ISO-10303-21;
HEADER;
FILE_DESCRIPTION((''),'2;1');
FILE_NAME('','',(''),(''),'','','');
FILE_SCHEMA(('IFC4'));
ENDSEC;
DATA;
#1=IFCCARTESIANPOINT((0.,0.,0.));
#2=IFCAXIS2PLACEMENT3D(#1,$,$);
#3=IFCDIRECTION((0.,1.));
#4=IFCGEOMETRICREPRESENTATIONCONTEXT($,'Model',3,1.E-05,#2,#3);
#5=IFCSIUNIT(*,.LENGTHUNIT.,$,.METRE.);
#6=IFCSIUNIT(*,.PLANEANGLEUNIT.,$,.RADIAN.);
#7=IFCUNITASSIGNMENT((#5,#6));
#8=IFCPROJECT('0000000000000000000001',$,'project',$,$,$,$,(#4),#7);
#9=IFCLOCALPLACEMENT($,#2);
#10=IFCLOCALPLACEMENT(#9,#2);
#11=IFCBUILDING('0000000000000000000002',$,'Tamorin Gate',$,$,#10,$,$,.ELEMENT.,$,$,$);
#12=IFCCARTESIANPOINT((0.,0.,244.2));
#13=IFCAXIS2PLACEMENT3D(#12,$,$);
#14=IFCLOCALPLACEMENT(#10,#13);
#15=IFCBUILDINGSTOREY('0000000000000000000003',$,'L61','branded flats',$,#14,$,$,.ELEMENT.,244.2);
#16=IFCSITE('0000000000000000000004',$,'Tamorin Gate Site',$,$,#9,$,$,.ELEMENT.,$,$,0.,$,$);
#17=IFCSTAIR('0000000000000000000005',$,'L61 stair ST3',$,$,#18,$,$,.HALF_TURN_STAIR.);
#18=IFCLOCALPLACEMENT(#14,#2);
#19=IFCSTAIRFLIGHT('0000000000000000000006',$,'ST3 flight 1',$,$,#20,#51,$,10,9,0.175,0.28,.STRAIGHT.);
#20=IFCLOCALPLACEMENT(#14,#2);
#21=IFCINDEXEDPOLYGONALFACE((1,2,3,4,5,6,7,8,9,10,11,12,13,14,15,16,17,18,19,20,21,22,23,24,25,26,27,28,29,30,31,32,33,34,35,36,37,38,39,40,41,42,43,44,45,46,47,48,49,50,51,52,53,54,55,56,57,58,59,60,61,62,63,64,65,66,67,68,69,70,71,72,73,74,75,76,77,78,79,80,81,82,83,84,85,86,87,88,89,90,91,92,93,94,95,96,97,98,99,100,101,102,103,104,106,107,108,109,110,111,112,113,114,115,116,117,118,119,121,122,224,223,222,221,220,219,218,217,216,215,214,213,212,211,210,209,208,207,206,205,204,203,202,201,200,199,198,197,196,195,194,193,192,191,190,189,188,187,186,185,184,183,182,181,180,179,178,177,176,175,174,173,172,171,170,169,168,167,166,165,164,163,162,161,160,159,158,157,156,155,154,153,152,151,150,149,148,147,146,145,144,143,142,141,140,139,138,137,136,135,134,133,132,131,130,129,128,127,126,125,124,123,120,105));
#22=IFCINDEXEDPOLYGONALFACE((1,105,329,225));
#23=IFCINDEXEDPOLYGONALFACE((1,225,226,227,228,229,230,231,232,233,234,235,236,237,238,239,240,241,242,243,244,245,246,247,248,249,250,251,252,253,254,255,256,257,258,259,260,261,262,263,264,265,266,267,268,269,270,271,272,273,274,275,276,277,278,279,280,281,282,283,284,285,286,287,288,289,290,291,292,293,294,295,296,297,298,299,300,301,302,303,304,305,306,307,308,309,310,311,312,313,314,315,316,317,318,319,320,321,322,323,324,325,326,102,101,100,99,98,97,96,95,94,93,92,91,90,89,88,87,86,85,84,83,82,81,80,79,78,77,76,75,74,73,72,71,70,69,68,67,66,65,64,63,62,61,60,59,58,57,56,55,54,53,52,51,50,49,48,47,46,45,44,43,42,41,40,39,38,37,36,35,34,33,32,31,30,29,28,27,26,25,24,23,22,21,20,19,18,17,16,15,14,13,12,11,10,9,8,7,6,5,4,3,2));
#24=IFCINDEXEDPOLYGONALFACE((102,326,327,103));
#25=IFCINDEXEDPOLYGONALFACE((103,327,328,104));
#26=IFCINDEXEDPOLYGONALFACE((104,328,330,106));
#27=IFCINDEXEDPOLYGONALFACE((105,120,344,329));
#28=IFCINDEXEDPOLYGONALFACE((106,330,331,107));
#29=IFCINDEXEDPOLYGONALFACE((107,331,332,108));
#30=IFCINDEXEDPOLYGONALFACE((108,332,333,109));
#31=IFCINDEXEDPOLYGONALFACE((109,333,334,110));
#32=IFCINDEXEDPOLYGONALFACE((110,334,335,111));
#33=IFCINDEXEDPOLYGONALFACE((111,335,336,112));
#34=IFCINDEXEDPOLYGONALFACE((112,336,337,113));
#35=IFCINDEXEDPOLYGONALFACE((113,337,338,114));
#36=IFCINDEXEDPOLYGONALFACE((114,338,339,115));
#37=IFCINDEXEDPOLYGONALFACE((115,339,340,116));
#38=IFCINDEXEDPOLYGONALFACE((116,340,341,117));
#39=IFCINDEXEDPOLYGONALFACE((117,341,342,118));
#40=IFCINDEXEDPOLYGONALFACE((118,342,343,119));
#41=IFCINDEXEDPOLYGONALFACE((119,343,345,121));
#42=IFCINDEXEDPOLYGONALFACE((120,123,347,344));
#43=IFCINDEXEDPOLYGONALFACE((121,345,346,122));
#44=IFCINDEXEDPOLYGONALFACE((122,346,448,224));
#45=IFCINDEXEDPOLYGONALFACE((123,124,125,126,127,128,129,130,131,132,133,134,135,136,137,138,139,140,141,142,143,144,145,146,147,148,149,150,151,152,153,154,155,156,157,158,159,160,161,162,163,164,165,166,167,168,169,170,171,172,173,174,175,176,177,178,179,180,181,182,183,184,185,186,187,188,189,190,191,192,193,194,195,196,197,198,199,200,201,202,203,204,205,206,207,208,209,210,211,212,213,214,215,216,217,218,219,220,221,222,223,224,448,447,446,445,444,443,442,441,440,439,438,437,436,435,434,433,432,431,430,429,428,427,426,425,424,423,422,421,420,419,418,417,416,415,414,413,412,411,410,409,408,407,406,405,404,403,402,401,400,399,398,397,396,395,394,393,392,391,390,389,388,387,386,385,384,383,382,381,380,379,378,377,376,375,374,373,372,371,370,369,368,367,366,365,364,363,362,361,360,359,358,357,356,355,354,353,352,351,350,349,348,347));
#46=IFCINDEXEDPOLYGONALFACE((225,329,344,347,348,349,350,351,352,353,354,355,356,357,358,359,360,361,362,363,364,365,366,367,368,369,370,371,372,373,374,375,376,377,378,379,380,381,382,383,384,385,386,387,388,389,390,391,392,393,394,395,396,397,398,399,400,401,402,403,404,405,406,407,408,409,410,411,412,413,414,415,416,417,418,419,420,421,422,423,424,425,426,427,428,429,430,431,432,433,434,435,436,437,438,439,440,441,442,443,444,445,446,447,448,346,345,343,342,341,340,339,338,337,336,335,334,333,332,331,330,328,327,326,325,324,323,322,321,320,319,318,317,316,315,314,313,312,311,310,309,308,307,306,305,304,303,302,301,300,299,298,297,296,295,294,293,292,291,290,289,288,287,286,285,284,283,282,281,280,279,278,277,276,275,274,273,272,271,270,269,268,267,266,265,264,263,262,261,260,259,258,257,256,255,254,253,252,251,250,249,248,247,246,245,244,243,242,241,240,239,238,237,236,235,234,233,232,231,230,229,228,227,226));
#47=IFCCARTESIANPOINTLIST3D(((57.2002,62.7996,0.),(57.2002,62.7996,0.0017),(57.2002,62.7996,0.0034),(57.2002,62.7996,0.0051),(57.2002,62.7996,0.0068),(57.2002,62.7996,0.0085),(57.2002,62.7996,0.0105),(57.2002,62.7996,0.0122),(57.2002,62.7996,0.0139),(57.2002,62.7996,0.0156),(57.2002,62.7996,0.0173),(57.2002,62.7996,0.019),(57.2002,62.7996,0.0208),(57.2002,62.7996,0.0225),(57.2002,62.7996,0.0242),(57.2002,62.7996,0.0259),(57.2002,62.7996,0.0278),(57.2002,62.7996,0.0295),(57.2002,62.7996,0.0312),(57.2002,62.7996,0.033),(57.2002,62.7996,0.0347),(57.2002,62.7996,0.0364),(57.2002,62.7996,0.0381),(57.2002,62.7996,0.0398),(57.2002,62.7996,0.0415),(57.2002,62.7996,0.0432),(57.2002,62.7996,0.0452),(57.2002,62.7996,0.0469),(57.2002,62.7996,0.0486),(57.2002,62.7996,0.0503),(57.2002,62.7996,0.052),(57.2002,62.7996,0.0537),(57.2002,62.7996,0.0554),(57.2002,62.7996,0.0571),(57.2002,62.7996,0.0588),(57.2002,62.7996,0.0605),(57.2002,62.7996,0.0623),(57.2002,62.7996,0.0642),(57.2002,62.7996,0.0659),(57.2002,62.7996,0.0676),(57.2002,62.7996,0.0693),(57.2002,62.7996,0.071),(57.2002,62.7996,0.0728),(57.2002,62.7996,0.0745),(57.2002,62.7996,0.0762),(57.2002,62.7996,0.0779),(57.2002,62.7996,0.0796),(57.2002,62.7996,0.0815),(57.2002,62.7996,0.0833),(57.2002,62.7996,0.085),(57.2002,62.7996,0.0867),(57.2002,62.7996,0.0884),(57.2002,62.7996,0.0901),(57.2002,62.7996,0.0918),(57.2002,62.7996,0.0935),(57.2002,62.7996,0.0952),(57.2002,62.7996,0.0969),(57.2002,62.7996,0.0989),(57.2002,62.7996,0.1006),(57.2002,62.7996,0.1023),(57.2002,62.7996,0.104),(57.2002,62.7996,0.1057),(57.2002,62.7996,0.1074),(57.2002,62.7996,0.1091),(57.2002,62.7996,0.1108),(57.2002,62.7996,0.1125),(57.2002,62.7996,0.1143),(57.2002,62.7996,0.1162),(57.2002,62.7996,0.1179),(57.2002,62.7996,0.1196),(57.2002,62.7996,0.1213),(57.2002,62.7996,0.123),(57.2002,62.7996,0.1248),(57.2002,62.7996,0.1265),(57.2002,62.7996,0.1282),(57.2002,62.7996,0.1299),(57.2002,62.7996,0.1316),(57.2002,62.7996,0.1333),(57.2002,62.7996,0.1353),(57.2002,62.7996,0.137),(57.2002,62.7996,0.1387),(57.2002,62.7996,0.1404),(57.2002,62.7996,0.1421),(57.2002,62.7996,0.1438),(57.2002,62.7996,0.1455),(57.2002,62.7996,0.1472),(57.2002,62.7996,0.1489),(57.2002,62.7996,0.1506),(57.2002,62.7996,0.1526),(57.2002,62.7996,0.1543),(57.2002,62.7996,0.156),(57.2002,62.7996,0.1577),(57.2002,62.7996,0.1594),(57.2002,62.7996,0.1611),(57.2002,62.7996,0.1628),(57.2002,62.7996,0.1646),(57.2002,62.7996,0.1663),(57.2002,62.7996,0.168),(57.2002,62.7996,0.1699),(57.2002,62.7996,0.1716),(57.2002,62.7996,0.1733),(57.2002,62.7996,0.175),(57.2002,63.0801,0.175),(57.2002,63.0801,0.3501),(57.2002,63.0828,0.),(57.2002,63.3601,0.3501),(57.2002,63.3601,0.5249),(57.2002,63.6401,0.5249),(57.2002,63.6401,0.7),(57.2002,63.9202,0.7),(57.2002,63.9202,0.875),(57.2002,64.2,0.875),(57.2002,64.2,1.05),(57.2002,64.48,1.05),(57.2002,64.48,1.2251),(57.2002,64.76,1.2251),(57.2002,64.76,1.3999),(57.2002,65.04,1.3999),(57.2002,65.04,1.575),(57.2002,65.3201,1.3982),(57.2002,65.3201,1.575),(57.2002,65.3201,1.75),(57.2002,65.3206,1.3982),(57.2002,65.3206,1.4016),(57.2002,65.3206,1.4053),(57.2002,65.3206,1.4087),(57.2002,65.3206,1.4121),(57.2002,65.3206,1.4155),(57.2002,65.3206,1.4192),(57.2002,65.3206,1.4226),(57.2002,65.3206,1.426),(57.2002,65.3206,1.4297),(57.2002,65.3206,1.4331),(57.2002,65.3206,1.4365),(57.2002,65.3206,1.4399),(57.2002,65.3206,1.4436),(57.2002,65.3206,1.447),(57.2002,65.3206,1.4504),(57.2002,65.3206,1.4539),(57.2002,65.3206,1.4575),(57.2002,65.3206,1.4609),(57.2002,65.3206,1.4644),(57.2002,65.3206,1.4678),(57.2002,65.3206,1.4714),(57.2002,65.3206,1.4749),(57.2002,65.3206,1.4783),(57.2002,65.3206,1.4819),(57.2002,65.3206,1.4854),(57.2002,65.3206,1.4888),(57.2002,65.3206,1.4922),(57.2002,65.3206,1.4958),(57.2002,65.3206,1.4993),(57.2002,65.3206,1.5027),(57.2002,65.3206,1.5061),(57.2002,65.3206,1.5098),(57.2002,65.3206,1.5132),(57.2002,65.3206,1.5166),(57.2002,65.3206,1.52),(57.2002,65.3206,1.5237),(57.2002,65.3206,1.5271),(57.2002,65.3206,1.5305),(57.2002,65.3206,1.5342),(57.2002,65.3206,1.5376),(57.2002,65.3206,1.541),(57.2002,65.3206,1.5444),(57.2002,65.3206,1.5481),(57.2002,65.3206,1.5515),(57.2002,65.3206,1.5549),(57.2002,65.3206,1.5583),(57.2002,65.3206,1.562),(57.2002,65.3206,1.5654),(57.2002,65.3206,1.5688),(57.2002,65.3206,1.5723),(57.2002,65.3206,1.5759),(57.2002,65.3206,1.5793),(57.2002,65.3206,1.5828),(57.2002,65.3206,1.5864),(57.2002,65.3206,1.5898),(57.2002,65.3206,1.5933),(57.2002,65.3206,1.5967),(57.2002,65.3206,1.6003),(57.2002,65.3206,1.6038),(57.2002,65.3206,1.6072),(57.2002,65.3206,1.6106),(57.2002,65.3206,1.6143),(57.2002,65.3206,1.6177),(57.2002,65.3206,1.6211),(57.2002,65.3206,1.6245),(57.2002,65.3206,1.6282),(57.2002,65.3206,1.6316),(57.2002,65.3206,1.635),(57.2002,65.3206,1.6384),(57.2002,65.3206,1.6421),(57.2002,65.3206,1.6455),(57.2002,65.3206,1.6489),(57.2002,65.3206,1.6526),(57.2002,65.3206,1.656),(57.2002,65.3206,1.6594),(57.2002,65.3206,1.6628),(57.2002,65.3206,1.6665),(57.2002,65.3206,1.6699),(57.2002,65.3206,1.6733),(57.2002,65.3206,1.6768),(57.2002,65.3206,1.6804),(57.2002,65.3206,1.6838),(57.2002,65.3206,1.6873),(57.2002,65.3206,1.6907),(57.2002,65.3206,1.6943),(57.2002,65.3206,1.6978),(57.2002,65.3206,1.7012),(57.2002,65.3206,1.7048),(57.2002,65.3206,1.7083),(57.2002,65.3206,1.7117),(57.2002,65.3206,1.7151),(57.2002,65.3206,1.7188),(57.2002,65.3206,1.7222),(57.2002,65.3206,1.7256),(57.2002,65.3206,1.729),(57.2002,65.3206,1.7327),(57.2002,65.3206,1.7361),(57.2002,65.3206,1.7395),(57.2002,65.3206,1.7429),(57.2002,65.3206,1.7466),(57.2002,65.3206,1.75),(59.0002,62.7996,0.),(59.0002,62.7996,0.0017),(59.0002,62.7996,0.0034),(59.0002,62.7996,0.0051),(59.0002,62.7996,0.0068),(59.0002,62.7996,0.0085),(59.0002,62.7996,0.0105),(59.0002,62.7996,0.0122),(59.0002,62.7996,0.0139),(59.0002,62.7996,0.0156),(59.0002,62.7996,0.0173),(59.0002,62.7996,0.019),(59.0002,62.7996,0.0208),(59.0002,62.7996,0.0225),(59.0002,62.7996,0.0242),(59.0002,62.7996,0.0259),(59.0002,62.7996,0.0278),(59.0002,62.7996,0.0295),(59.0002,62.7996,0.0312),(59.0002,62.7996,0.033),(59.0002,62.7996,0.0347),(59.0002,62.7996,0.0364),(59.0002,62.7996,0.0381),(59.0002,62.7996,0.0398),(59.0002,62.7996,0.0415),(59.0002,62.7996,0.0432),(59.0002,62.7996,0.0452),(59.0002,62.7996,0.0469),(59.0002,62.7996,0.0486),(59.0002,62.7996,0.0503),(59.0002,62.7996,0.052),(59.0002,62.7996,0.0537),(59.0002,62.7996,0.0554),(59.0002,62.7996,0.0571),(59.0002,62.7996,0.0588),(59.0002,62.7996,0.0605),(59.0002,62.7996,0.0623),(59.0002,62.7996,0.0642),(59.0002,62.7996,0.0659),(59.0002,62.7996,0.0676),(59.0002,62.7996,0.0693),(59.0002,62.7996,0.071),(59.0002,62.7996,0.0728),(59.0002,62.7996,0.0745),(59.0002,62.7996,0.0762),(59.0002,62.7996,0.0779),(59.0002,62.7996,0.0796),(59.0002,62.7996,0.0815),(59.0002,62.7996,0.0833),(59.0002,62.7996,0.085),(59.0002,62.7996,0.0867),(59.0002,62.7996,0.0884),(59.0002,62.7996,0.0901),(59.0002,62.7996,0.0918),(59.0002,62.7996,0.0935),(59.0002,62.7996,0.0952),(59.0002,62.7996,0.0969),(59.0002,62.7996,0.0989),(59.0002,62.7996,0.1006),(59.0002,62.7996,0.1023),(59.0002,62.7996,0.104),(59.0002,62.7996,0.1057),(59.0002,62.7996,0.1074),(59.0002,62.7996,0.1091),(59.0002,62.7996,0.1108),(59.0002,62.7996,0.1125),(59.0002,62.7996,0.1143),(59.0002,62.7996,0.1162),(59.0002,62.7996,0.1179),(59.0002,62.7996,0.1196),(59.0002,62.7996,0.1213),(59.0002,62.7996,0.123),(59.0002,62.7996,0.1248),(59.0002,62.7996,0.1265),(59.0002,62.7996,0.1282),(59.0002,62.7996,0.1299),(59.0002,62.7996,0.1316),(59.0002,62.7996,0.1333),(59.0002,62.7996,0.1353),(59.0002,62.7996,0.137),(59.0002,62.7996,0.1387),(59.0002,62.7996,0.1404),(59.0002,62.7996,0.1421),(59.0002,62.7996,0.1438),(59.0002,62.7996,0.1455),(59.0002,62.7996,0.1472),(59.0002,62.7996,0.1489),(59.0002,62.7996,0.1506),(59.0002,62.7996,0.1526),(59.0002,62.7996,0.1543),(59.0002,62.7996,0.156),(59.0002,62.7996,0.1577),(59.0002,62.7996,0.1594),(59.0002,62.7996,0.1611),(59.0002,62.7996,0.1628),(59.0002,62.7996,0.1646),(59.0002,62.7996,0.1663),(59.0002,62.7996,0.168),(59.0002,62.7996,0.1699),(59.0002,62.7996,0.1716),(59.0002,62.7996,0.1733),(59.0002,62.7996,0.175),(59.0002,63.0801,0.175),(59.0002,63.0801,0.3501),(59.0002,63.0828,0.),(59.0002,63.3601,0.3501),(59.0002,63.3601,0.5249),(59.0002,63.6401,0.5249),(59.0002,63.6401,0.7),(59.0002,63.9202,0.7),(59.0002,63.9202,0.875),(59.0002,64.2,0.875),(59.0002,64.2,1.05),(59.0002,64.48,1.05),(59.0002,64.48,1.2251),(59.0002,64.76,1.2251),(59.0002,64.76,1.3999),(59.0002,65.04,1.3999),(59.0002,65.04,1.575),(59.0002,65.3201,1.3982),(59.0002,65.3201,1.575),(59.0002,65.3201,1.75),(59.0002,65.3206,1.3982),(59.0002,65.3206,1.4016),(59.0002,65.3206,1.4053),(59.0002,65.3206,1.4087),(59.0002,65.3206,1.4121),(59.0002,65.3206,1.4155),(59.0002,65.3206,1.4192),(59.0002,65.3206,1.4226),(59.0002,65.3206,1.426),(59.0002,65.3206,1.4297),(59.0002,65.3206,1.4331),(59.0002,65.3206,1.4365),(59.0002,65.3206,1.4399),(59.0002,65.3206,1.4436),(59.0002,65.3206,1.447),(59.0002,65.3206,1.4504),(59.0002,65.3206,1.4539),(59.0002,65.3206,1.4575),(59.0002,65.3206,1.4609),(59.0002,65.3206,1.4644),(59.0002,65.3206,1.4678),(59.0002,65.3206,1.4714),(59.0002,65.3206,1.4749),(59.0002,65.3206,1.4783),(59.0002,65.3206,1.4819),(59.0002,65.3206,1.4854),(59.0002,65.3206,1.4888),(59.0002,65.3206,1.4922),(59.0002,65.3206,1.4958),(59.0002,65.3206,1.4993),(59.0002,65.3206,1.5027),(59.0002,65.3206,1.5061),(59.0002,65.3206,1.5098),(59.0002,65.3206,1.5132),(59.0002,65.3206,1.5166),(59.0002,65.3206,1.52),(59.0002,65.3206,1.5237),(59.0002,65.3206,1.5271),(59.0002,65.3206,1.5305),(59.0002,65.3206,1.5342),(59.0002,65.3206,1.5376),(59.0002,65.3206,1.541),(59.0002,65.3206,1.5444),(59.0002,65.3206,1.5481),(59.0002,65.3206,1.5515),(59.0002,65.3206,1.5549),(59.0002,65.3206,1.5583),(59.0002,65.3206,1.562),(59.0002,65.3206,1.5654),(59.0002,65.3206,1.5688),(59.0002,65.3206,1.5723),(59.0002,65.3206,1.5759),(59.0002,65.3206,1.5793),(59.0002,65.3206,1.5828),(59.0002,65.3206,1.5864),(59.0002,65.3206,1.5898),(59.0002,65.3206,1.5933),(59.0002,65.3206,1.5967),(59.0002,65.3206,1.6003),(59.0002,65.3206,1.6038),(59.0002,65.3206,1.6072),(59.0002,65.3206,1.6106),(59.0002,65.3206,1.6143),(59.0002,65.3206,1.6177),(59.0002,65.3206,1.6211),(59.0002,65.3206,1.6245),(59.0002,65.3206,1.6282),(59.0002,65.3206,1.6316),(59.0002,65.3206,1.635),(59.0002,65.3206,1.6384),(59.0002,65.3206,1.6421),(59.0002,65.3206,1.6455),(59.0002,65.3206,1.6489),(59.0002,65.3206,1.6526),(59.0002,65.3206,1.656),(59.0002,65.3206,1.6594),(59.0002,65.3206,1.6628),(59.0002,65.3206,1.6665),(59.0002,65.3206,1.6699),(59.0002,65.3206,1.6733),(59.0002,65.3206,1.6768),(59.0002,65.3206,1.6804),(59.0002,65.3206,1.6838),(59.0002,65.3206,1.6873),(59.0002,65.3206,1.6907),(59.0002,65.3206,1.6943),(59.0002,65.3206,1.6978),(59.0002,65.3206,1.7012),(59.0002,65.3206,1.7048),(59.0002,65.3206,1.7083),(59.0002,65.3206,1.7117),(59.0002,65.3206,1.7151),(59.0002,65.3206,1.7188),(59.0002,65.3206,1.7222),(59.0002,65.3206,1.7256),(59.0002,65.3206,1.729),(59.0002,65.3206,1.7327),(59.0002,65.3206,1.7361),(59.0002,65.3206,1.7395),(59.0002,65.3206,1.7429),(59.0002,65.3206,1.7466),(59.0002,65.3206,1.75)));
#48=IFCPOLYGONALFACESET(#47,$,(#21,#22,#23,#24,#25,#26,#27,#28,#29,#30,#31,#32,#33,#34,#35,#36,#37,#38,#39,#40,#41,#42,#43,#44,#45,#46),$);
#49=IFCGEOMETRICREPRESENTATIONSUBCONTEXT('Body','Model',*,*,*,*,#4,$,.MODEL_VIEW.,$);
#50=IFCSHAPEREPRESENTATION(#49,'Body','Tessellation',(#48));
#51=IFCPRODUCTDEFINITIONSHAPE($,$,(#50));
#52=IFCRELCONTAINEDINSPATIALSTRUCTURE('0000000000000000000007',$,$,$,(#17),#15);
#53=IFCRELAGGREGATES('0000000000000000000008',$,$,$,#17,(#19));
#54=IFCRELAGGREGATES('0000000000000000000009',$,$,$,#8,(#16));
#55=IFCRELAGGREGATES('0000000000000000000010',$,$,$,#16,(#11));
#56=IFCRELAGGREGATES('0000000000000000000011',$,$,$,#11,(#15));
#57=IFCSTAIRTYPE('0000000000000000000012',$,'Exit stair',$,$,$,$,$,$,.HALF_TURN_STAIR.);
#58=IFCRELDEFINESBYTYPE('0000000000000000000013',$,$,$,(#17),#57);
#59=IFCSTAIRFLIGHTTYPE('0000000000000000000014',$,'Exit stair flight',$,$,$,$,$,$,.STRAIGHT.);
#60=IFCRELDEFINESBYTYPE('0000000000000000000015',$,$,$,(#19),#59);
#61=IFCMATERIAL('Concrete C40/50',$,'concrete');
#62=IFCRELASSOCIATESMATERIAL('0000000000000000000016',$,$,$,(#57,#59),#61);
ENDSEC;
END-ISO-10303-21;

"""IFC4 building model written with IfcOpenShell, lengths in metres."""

from ifc_helpers import new_model, si_unit, direction, frame, origin, place, context, subcontext, project, spatial, polyline, outline, extrude, material, type_object, element, aggregate, save


model = new_model("IFC4")

# Units and contexts
model_context = context("Model", 3, precision=1e-05, world=origin(), true_north=direction((0.0, 1.0)))
body_context = subcontext(model_context, "Body", "Model", "MODEL_VIEW")
ifc_project = project(units=[si_unit("LENGTHUNIT", "METRE"), si_unit("PLANEANGLEUNIT", "RADIAN")], contexts=[model_context])

# Site, building, storey
site_placement = place(None, origin())
site = spatial("IfcSite", under=ifc_project, at=site_placement, Name="Tamorin Gate Site", CompositionType="ELEMENT", RefElevation=0.0)
building_placement = place(site_placement, origin())
building = spatial("IfcBuilding", under=site, at=building_placement, Name="Tamorin Gate", CompositionType="ELEMENT")
storey_placement = place(building_placement, frame((0.0, 0.0, 244.2)))
storey = spatial("IfcBuildingStorey", under=building, at=storey_placement, Name="L61", Description="branded flats", CompositionType="ELEMENT", Elevation=244.2)

# Stair, stair flight
ifc_material_1 = material(Name="Concrete C40/50", Category="concrete")
stair_type = type_object("IfcStairType", Name="Exit stair", PredefinedType="HALF_TURN_STAIR", material=ifc_material_1)
stair_placement = place(storey_placement, origin())
stair = element("IfcStair", 1, at=stair_placement, inside=storey, type_object=stair_type, Name="L61 stair ST3", PredefinedType="HALF_TURN_STAIR")
stair_flight_type = type_object("IfcStairFlightType", Name="Exit stair flight", PredefinedType="STRAIGHT", material=ifc_material_1)
stair_flight_1_placement = place(storey_placement, frame((58.1001, 62.8, 0.0), z_axis=(0.0, 0.0, 1.0), x_axis=(0.0, 1.0, 0.0)))
stair_flight_1 = element("IfcStairFlight", 2, at=stair_flight_1_placement, type_object=stair_flight_type, Name="ST3 flight 1", NumberOfRisers=10, NumberOfTreads=9, PredefinedType="STRAIGHT", RiserHeight=0.175, TreadLength=0.28, context=body_context, shape_type="SweptSolid", body=[
    extrude(outline(polyline([(-0.0005, 0.0), (-0.0005, 0.0017), (-0.0005, 0.0034), (-0.0005, 0.0051), (-0.0005, 0.0068), (-0.0005, 0.0085), (-0.0005, 0.0105), (-0.0005, 0.0122), (-0.0005, 0.0139), (-0.0005, 0.0156), (-0.0005, 0.0173), (-0.0005, 0.019), (-0.0005, 0.0208), (-0.0005, 0.0225), (-0.0005, 0.0242), (-0.0005, 0.0259), (-0.0005, 0.0278), (-0.0005, 0.0295), (-0.0005, 0.0312), (-0.0005, 0.033), (-0.0005, 0.0347), (-0.0005, 0.0364), (-0.0005, 0.0381), (-0.0005, 0.0398), (-0.0005, 0.0415), (-0.0005, 0.0432), (-0.0005, 0.0452), (-0.0005, 0.0469), (-0.0005, 0.0486), (-0.0005, 0.0503), (-0.0005, 0.052), (-0.0005, 0.0537), (-0.0005, 0.0554), (-0.0005, 0.0571), (-0.0005, 0.0588), (-0.0005, 0.0605), (-0.0005, 0.0623), (-0.0005, 0.0642), (-0.0005, 0.0659), (-0.0005, 0.0676), (-0.0005, 0.0693), (-0.0005, 0.071), (-0.0005, 0.0728), (-0.0005, 0.0745), (-0.0005, 0.0762), (-0.0005, 0.0779), (-0.0005, 0.0796), (-0.0005, 0.0815), (-0.0005, 0.0833), (-0.0005, 0.085), (-0.0005, 0.0867), (-0.0005, 0.0884), (-0.0005, 0.0901), (-0.0005, 0.0918), (-0.0005, 0.0935), (-0.0005, 0.0952), (-0.0005, 0.0969), (-0.0005, 0.0989), (-0.0005, 0.1006), (-0.0005, 0.1023), (-0.0005, 0.104), (-0.0005, 0.1057), (-0.0005, 0.1074), (-0.0005, 0.1091), (-0.0005, 0.1108), (-0.0005, 0.1125), (-0.0005, 0.1143), (-0.0005, 0.1162), (-0.0005, 0.1179), (-0.0005, 0.1196), (-0.0005, 0.1213), (-0.0005, 0.123), (-0.0005, 0.1248), (-0.0005, 0.1265), (-0.0005, 0.1282), (-0.0005, 0.1299), (-0.0005, 0.1316), (-0.0005, 0.1333), (-0.0005, 0.1353), (-0.0005, 0.137), (-0.0005, 0.1387), (-0.0005, 0.1404), (-0.0005, 0.1421), (-0.0005, 0.1438), (-0.0005, 0.1455), (-0.0005, 0.1472), (-0.0005, 0.1489), (-0.0005, 0.1506), (-0.0005, 0.1526), (-0.0005, 0.1543), (-0.0005, 0.156), (-0.0005, 0.1577), (-0.0005, 0.1594), (-0.0005, 0.1611), (-0.0005, 0.1628), (-0.0005, 0.1646), (-0.0005, 0.1663), (-0.0005, 0.168), (-0.0005, 0.1699), (-0.0005, 0.1716), (-0.0005, 0.1733), (-0.0005, 0.175), (0.28, 0.175), (0.28, 0.3501), (0.5601, 0.3501), (0.5601, 0.5249), (0.8401, 0.5249), (0.8401, 0.7), (1.1201, 0.7), (1.1201, 0.875), (1.3999, 0.875), (1.3999, 1.05), (1.6799, 1.05), (1.6799, 1.2251), (1.96, 1.2251), (1.96, 1.3999), (2.24, 1.3999), (2.24, 1.575), (2.52, 1.575), (2.52, 1.75), (2.5205, 1.75), (2.5205, 1.7466), (2.5205, 1.7429), (2.5205, 1.7395), (2.5205, 1.7361), (2.5205, 1.7327), (2.5205, 1.729), (2.5205, 1.7256), (2.5205, 1.7222), (2.5205, 1.7188), (2.5205, 1.7151), (2.5205, 1.7117), (2.5205, 1.7083), (2.5205, 1.7048), (2.5205, 1.7012), (2.5205, 1.6978), (2.5205, 1.6943), (2.5205, 1.6907), (2.5205, 1.6873), (2.5205, 1.6838), (2.5205, 1.6804), (2.5205, 1.6768), (2.5205, 1.6733), (2.5205, 1.6699), (2.5205, 1.6665), (2.5205, 1.6628), (2.5205, 1.6594), (2.5205, 1.656), (2.5205, 1.6526), (2.5205, 1.6489), (2.5205, 1.6455), (2.5205, 1.6421), (2.5205, 1.6384), (2.5205, 1.635), (2.5205, 1.6316), (2.5205, 1.6282), (2.5205, 1.6245), (2.5205, 1.6211), (2.5205, 1.6177), (2.5205, 1.6143), (2.5205, 1.6106), (2.5205, 1.6072), (2.5205, 1.6038), (2.5205, 1.6003), (2.5205, 1.5967), (2.5205, 1.5933), (2.5205, 1.5898), (2.5205, 1.5864), (2.5205, 1.5828), (2.5205, 1.5793), (2.5205, 1.5759), (2.5205, 1.5723), (2.5205, 1.5688), (2.5205, 1.5654), (2.5205, 1.562), (2.5205, 1.5583), (2.5205, 1.5549), (2.5205, 1.5515), (2.5205, 1.5481), (2.5205, 1.5444), (2.5205, 1.541), (2.5205, 1.5376), (2.5205, 1.5342), (2.5205, 1.5305), (2.5205, 1.5271), (2.5205, 1.5237), (2.5205, 1.52), (2.5205, 1.5166), (2.5205, 1.5132), (2.5205, 1.5098), (2.5205, 1.5061), (2.5205, 1.5027), (2.5205, 1.4993), (2.5205, 1.4958), (2.5205, 1.4922), (2.5205, 1.4888), (2.5205, 1.4854), (2.5205, 1.4819), (2.5205, 1.4783), (2.5205, 1.4749), (2.5205, 1.4714), (2.5205, 1.4678), (2.5205, 1.4644), (2.5205, 1.4609), (2.5205, 1.4575), (2.5205, 1.4539), (2.5205, 1.4504), (2.5205, 1.447), (2.5205, 1.4436), (2.5205, 1.4399), (2.5205, 1.4365), (2.5205, 1.4331), (2.5205, 1.4297), (2.5205, 1.426), (2.5205, 1.4226), (2.5205, 1.4192), (2.5205, 1.4155), (2.5205, 1.4121), (2.5205, 1.4087), (2.5205, 1.4053), (2.5205, 1.4016), (2.5205, 1.3982), (2.52, 1.3982), (0.2827, 0.0), (-0.0005, 0.0)])), frame((0.0, 0.8999, 0.0), z_axis=(0.0, -1.0, 0.0), x_axis=(1.0, 0.0, 0.0)), (0.0, 0.0, 1.0), 1.8),
])
aggregate(stair, [stair_flight_1])

save(model, "model.ifc")
